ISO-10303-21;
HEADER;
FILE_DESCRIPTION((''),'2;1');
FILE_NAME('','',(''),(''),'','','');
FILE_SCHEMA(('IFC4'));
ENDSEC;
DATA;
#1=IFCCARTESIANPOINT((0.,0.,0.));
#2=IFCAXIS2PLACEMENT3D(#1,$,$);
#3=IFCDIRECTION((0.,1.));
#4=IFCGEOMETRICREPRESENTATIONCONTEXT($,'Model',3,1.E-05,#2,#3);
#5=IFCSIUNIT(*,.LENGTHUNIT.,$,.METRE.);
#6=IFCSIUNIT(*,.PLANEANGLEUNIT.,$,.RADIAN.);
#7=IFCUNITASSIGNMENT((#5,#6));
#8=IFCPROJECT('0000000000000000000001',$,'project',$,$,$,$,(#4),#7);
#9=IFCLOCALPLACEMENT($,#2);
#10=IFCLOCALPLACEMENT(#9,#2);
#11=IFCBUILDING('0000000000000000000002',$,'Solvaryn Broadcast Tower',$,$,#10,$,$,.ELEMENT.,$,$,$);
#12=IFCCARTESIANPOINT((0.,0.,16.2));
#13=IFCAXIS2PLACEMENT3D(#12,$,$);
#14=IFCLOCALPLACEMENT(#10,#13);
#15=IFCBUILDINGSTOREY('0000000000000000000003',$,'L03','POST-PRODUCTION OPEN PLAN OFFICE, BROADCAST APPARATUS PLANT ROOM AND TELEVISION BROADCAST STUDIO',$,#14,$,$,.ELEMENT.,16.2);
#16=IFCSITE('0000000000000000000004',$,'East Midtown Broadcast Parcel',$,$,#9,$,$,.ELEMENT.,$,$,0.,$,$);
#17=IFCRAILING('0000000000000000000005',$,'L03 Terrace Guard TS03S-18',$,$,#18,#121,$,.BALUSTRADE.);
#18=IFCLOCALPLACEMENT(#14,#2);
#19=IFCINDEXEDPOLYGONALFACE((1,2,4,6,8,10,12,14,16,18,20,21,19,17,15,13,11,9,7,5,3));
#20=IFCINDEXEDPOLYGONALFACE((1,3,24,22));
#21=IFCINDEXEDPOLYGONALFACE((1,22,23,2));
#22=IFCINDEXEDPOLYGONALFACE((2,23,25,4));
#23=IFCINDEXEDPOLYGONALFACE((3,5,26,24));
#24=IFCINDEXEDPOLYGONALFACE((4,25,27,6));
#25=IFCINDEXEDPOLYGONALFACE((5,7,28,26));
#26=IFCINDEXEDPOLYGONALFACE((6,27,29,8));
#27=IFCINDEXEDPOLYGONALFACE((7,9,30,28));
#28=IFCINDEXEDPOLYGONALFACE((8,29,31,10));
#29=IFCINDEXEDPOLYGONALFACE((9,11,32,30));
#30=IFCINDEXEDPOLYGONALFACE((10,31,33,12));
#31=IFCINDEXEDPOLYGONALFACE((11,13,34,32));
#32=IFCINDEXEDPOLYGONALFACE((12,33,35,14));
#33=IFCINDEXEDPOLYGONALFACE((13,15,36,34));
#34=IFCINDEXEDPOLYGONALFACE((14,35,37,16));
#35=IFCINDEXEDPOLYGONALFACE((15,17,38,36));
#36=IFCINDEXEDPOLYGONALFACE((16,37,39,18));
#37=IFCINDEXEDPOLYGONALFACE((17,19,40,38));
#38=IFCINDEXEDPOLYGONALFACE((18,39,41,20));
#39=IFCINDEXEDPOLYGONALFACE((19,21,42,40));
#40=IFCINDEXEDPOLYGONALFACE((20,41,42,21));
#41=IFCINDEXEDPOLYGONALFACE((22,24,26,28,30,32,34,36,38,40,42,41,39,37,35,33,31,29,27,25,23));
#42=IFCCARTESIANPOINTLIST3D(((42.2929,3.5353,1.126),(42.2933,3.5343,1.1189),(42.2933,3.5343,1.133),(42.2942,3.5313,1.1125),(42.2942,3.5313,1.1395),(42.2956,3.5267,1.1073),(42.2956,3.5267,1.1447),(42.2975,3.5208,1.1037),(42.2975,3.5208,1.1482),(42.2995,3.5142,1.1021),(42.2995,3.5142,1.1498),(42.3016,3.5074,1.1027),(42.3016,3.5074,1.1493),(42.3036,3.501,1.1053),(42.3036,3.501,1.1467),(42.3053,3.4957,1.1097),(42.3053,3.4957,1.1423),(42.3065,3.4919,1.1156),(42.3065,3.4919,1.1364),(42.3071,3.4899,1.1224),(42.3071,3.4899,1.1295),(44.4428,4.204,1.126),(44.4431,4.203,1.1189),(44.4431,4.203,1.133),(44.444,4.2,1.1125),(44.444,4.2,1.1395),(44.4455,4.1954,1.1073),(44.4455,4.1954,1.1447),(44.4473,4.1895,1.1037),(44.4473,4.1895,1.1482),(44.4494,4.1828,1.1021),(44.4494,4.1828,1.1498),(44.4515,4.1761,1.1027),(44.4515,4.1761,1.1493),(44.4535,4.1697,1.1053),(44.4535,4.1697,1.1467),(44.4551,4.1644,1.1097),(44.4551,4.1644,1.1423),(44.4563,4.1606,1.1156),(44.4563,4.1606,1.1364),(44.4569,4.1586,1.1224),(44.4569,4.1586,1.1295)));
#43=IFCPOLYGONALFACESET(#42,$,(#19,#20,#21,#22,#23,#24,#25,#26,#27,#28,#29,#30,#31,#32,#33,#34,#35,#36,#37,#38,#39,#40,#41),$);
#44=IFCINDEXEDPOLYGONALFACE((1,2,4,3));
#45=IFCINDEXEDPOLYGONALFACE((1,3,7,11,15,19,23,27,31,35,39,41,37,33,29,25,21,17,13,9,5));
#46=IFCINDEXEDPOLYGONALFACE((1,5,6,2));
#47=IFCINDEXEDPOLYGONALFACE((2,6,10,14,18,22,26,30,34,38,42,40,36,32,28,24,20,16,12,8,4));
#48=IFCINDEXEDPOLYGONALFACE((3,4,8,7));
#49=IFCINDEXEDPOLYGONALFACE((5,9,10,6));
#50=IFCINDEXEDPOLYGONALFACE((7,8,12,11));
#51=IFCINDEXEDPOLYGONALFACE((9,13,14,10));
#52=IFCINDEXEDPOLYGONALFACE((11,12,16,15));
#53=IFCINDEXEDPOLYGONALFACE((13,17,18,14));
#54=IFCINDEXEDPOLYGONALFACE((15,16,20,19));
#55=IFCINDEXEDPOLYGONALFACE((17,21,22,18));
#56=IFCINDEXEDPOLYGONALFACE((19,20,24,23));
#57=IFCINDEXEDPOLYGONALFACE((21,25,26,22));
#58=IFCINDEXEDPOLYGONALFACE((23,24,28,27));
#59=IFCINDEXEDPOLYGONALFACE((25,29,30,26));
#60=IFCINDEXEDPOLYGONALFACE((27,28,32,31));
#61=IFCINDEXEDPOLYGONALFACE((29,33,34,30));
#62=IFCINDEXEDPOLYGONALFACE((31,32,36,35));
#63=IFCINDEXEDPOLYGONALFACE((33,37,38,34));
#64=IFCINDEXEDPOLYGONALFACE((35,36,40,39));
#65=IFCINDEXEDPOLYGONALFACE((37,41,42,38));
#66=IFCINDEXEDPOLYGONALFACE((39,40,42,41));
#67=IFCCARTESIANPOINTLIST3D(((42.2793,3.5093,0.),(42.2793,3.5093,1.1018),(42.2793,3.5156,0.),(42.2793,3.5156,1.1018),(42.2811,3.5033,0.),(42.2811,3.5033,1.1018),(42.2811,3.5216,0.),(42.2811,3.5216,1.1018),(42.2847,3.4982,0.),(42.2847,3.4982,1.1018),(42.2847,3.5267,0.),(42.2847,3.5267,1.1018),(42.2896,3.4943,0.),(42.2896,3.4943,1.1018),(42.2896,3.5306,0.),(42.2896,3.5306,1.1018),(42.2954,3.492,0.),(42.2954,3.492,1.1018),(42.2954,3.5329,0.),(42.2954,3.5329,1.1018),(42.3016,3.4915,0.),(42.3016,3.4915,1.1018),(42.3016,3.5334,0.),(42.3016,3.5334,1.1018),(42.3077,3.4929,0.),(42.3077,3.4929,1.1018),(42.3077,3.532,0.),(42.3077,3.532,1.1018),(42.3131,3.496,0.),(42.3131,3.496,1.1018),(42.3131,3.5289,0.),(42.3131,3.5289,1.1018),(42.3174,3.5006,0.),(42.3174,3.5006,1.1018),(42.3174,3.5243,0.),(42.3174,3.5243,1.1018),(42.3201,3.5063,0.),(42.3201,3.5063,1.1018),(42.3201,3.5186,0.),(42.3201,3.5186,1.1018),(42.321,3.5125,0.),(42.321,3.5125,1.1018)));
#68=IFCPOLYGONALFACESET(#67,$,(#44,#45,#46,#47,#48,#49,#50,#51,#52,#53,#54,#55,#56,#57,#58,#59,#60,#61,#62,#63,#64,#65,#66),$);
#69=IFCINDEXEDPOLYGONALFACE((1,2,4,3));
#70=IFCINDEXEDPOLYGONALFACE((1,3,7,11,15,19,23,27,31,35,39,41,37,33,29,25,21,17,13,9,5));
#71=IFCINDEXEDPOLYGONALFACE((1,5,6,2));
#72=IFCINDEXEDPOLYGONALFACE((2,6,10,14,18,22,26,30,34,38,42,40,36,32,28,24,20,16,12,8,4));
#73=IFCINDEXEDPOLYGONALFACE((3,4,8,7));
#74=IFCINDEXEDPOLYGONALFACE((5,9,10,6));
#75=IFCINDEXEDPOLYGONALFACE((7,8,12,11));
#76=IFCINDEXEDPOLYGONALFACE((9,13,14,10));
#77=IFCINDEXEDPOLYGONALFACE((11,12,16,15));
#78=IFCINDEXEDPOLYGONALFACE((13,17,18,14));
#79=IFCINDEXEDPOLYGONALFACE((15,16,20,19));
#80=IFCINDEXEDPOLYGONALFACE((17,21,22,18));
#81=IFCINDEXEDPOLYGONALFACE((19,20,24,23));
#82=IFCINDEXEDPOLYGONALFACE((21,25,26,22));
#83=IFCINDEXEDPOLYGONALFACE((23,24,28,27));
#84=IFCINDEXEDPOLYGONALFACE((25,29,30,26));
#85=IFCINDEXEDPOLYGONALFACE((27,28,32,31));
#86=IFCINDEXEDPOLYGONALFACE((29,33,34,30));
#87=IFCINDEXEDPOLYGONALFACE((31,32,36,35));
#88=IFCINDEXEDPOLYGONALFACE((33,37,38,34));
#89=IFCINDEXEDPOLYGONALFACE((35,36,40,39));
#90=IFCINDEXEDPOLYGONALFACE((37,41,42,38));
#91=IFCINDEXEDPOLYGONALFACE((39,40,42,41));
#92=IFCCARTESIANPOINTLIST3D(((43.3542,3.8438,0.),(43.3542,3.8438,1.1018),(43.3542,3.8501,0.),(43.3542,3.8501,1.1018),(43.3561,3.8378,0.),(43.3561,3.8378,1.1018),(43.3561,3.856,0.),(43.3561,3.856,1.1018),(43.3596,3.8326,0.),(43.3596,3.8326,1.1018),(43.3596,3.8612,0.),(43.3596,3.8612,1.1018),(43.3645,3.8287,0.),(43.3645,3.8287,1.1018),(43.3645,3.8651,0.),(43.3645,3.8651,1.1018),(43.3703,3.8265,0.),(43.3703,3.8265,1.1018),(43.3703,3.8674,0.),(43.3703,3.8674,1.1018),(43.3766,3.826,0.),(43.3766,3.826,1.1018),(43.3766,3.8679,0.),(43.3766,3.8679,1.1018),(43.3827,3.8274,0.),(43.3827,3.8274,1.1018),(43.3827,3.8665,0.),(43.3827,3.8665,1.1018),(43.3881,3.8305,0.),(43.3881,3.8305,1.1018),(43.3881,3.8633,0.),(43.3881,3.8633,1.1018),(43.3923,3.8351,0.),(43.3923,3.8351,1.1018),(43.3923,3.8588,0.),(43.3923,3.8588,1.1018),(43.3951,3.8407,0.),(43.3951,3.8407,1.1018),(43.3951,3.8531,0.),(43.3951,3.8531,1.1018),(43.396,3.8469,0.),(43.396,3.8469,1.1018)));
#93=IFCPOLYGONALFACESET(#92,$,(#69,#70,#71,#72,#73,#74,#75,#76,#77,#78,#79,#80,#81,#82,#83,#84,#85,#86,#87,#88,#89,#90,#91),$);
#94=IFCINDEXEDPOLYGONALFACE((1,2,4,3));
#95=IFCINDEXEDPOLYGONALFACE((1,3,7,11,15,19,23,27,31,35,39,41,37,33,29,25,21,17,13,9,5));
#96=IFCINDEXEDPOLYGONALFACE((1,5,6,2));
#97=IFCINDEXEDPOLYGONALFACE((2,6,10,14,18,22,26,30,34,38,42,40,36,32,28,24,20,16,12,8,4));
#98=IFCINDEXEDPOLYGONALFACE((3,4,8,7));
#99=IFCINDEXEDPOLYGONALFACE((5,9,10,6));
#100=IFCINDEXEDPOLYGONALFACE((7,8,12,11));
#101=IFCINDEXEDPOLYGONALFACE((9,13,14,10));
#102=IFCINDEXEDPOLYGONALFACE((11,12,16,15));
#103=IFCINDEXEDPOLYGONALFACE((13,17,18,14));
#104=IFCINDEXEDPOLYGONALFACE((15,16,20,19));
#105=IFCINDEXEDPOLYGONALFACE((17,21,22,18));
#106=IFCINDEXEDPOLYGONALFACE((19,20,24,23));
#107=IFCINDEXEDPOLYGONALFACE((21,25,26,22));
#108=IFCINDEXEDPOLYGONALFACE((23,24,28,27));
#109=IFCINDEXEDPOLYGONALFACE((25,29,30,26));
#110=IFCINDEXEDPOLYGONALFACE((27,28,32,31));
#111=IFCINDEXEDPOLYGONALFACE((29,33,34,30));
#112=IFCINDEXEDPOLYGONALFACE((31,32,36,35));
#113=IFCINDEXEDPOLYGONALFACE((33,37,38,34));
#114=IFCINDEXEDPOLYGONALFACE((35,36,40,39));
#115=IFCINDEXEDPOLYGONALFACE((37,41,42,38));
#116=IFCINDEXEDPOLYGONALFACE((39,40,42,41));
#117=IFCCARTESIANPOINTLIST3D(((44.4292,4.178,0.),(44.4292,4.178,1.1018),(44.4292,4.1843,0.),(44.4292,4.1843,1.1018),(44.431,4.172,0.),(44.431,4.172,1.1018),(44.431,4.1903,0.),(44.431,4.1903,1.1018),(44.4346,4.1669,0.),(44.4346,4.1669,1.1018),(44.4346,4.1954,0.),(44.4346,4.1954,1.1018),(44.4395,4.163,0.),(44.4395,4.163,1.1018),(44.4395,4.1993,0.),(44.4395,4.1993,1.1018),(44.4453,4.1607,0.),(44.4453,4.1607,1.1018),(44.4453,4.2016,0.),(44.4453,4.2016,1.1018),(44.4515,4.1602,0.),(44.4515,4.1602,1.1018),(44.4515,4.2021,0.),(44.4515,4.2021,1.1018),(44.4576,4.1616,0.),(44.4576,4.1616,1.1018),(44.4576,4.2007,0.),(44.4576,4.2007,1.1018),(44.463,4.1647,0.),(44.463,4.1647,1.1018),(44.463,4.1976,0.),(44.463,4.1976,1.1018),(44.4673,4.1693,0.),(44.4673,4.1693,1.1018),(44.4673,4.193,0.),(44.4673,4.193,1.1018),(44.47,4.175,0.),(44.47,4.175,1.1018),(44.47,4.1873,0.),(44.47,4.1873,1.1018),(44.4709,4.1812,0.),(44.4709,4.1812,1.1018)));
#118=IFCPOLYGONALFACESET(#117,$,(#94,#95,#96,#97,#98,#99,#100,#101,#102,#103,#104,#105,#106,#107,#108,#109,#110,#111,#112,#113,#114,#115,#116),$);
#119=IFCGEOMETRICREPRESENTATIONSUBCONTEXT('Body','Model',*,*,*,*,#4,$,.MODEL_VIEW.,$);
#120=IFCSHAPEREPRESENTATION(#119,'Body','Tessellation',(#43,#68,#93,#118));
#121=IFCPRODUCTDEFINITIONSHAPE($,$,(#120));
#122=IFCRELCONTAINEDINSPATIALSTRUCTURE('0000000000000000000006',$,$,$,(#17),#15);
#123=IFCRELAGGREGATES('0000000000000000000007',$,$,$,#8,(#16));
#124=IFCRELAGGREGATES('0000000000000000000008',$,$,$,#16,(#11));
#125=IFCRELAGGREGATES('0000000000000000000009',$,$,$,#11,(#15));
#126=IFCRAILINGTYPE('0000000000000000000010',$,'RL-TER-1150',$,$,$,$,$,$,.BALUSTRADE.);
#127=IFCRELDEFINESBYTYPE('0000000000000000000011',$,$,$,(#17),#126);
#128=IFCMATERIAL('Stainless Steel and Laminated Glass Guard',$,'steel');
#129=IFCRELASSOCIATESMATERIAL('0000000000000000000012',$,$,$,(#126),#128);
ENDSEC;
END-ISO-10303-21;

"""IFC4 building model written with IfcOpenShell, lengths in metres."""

from ifc_helpers import new_model, si_unit, direction, frame, origin, origin_2d, place, context, subcontext, project, spatial, circle, extrude, material, type_object, element, save


model = new_model("IFC4")

# Units and contexts
model_context = context("Model", 3, precision=1e-05, world=origin(), true_north=direction((0.0, 1.0)))
body_context = subcontext(model_context, "Body", "Model", "MODEL_VIEW")
ifc_project = project(units=[si_unit("LENGTHUNIT", "METRE"), si_unit("PLANEANGLEUNIT", "RADIAN")], contexts=[model_context])

# Site, building, storey
site_placement = place(None, origin())
site = spatial("IfcSite", under=ifc_project, at=site_placement, Name="East Midtown Broadcast Parcel", CompositionType="ELEMENT", RefElevation=0.0)
building_placement = place(site_placement, origin())
building = spatial("IfcBuilding", under=site, at=building_placement, Name="Solvaryn Broadcast Tower", CompositionType="ELEMENT")
storey_placement = place(building_placement, frame((0.0, 0.0, 16.2)))
storey = spatial("IfcBuildingStorey", under=building, at=storey_placement, Name="L03", Description="POST-PRODUCTION OPEN PLAN OFFICE, BROADCAST APPARATUS PLANT ROOM AND TELEVISION BROADCAST STUDIO", CompositionType="ELEMENT", Elevation=16.2)

# Railing
ifc_material_1 = material(Name="Stainless Steel and Laminated Glass Guard", Category="steel")
railing_type = type_object("IfcRailingType", Name="RL-TER-1150", PredefinedType="BALUSTRADE", material=ifc_material_1)
railing_1_placement = place(storey_placement, frame((42.3, 3.5125, 0.0)))
element("IfcRailing", 1, at=railing_1_placement, inside=storey, type_object=railing_type, Name="L03 Terrace Guard TS03S-18", PredefinedType="BALUSTRADE", context=body_context, shape_type="SweptSolid", body=[
    extrude(circle(Radius=0.0239, at=origin_2d()), frame((0.0, 0.0, 1.126), z_axis=(0.954877, 0.297003, 0.0), x_axis=(-0.297003, 0.954877, 0.0)), (0.0, 0.0, 1.0), 2.2515),
    extrude(circle(Radius=0.021, at=origin_2d()), origin(), (0.0, 0.0, 1.0), 1.1018),
    extrude(circle(Radius=0.021, at=origin_2d()), frame((1.075, 0.3345, 0.0)), (0.0, 0.0, 1.0), 1.1018),
    extrude(circle(Radius=0.021, at=origin_2d()), frame((2.1499, 0.6687, 0.0)), (0.0, 0.0, 1.0), 1.1018),
])

save(model, "model.ifc")
